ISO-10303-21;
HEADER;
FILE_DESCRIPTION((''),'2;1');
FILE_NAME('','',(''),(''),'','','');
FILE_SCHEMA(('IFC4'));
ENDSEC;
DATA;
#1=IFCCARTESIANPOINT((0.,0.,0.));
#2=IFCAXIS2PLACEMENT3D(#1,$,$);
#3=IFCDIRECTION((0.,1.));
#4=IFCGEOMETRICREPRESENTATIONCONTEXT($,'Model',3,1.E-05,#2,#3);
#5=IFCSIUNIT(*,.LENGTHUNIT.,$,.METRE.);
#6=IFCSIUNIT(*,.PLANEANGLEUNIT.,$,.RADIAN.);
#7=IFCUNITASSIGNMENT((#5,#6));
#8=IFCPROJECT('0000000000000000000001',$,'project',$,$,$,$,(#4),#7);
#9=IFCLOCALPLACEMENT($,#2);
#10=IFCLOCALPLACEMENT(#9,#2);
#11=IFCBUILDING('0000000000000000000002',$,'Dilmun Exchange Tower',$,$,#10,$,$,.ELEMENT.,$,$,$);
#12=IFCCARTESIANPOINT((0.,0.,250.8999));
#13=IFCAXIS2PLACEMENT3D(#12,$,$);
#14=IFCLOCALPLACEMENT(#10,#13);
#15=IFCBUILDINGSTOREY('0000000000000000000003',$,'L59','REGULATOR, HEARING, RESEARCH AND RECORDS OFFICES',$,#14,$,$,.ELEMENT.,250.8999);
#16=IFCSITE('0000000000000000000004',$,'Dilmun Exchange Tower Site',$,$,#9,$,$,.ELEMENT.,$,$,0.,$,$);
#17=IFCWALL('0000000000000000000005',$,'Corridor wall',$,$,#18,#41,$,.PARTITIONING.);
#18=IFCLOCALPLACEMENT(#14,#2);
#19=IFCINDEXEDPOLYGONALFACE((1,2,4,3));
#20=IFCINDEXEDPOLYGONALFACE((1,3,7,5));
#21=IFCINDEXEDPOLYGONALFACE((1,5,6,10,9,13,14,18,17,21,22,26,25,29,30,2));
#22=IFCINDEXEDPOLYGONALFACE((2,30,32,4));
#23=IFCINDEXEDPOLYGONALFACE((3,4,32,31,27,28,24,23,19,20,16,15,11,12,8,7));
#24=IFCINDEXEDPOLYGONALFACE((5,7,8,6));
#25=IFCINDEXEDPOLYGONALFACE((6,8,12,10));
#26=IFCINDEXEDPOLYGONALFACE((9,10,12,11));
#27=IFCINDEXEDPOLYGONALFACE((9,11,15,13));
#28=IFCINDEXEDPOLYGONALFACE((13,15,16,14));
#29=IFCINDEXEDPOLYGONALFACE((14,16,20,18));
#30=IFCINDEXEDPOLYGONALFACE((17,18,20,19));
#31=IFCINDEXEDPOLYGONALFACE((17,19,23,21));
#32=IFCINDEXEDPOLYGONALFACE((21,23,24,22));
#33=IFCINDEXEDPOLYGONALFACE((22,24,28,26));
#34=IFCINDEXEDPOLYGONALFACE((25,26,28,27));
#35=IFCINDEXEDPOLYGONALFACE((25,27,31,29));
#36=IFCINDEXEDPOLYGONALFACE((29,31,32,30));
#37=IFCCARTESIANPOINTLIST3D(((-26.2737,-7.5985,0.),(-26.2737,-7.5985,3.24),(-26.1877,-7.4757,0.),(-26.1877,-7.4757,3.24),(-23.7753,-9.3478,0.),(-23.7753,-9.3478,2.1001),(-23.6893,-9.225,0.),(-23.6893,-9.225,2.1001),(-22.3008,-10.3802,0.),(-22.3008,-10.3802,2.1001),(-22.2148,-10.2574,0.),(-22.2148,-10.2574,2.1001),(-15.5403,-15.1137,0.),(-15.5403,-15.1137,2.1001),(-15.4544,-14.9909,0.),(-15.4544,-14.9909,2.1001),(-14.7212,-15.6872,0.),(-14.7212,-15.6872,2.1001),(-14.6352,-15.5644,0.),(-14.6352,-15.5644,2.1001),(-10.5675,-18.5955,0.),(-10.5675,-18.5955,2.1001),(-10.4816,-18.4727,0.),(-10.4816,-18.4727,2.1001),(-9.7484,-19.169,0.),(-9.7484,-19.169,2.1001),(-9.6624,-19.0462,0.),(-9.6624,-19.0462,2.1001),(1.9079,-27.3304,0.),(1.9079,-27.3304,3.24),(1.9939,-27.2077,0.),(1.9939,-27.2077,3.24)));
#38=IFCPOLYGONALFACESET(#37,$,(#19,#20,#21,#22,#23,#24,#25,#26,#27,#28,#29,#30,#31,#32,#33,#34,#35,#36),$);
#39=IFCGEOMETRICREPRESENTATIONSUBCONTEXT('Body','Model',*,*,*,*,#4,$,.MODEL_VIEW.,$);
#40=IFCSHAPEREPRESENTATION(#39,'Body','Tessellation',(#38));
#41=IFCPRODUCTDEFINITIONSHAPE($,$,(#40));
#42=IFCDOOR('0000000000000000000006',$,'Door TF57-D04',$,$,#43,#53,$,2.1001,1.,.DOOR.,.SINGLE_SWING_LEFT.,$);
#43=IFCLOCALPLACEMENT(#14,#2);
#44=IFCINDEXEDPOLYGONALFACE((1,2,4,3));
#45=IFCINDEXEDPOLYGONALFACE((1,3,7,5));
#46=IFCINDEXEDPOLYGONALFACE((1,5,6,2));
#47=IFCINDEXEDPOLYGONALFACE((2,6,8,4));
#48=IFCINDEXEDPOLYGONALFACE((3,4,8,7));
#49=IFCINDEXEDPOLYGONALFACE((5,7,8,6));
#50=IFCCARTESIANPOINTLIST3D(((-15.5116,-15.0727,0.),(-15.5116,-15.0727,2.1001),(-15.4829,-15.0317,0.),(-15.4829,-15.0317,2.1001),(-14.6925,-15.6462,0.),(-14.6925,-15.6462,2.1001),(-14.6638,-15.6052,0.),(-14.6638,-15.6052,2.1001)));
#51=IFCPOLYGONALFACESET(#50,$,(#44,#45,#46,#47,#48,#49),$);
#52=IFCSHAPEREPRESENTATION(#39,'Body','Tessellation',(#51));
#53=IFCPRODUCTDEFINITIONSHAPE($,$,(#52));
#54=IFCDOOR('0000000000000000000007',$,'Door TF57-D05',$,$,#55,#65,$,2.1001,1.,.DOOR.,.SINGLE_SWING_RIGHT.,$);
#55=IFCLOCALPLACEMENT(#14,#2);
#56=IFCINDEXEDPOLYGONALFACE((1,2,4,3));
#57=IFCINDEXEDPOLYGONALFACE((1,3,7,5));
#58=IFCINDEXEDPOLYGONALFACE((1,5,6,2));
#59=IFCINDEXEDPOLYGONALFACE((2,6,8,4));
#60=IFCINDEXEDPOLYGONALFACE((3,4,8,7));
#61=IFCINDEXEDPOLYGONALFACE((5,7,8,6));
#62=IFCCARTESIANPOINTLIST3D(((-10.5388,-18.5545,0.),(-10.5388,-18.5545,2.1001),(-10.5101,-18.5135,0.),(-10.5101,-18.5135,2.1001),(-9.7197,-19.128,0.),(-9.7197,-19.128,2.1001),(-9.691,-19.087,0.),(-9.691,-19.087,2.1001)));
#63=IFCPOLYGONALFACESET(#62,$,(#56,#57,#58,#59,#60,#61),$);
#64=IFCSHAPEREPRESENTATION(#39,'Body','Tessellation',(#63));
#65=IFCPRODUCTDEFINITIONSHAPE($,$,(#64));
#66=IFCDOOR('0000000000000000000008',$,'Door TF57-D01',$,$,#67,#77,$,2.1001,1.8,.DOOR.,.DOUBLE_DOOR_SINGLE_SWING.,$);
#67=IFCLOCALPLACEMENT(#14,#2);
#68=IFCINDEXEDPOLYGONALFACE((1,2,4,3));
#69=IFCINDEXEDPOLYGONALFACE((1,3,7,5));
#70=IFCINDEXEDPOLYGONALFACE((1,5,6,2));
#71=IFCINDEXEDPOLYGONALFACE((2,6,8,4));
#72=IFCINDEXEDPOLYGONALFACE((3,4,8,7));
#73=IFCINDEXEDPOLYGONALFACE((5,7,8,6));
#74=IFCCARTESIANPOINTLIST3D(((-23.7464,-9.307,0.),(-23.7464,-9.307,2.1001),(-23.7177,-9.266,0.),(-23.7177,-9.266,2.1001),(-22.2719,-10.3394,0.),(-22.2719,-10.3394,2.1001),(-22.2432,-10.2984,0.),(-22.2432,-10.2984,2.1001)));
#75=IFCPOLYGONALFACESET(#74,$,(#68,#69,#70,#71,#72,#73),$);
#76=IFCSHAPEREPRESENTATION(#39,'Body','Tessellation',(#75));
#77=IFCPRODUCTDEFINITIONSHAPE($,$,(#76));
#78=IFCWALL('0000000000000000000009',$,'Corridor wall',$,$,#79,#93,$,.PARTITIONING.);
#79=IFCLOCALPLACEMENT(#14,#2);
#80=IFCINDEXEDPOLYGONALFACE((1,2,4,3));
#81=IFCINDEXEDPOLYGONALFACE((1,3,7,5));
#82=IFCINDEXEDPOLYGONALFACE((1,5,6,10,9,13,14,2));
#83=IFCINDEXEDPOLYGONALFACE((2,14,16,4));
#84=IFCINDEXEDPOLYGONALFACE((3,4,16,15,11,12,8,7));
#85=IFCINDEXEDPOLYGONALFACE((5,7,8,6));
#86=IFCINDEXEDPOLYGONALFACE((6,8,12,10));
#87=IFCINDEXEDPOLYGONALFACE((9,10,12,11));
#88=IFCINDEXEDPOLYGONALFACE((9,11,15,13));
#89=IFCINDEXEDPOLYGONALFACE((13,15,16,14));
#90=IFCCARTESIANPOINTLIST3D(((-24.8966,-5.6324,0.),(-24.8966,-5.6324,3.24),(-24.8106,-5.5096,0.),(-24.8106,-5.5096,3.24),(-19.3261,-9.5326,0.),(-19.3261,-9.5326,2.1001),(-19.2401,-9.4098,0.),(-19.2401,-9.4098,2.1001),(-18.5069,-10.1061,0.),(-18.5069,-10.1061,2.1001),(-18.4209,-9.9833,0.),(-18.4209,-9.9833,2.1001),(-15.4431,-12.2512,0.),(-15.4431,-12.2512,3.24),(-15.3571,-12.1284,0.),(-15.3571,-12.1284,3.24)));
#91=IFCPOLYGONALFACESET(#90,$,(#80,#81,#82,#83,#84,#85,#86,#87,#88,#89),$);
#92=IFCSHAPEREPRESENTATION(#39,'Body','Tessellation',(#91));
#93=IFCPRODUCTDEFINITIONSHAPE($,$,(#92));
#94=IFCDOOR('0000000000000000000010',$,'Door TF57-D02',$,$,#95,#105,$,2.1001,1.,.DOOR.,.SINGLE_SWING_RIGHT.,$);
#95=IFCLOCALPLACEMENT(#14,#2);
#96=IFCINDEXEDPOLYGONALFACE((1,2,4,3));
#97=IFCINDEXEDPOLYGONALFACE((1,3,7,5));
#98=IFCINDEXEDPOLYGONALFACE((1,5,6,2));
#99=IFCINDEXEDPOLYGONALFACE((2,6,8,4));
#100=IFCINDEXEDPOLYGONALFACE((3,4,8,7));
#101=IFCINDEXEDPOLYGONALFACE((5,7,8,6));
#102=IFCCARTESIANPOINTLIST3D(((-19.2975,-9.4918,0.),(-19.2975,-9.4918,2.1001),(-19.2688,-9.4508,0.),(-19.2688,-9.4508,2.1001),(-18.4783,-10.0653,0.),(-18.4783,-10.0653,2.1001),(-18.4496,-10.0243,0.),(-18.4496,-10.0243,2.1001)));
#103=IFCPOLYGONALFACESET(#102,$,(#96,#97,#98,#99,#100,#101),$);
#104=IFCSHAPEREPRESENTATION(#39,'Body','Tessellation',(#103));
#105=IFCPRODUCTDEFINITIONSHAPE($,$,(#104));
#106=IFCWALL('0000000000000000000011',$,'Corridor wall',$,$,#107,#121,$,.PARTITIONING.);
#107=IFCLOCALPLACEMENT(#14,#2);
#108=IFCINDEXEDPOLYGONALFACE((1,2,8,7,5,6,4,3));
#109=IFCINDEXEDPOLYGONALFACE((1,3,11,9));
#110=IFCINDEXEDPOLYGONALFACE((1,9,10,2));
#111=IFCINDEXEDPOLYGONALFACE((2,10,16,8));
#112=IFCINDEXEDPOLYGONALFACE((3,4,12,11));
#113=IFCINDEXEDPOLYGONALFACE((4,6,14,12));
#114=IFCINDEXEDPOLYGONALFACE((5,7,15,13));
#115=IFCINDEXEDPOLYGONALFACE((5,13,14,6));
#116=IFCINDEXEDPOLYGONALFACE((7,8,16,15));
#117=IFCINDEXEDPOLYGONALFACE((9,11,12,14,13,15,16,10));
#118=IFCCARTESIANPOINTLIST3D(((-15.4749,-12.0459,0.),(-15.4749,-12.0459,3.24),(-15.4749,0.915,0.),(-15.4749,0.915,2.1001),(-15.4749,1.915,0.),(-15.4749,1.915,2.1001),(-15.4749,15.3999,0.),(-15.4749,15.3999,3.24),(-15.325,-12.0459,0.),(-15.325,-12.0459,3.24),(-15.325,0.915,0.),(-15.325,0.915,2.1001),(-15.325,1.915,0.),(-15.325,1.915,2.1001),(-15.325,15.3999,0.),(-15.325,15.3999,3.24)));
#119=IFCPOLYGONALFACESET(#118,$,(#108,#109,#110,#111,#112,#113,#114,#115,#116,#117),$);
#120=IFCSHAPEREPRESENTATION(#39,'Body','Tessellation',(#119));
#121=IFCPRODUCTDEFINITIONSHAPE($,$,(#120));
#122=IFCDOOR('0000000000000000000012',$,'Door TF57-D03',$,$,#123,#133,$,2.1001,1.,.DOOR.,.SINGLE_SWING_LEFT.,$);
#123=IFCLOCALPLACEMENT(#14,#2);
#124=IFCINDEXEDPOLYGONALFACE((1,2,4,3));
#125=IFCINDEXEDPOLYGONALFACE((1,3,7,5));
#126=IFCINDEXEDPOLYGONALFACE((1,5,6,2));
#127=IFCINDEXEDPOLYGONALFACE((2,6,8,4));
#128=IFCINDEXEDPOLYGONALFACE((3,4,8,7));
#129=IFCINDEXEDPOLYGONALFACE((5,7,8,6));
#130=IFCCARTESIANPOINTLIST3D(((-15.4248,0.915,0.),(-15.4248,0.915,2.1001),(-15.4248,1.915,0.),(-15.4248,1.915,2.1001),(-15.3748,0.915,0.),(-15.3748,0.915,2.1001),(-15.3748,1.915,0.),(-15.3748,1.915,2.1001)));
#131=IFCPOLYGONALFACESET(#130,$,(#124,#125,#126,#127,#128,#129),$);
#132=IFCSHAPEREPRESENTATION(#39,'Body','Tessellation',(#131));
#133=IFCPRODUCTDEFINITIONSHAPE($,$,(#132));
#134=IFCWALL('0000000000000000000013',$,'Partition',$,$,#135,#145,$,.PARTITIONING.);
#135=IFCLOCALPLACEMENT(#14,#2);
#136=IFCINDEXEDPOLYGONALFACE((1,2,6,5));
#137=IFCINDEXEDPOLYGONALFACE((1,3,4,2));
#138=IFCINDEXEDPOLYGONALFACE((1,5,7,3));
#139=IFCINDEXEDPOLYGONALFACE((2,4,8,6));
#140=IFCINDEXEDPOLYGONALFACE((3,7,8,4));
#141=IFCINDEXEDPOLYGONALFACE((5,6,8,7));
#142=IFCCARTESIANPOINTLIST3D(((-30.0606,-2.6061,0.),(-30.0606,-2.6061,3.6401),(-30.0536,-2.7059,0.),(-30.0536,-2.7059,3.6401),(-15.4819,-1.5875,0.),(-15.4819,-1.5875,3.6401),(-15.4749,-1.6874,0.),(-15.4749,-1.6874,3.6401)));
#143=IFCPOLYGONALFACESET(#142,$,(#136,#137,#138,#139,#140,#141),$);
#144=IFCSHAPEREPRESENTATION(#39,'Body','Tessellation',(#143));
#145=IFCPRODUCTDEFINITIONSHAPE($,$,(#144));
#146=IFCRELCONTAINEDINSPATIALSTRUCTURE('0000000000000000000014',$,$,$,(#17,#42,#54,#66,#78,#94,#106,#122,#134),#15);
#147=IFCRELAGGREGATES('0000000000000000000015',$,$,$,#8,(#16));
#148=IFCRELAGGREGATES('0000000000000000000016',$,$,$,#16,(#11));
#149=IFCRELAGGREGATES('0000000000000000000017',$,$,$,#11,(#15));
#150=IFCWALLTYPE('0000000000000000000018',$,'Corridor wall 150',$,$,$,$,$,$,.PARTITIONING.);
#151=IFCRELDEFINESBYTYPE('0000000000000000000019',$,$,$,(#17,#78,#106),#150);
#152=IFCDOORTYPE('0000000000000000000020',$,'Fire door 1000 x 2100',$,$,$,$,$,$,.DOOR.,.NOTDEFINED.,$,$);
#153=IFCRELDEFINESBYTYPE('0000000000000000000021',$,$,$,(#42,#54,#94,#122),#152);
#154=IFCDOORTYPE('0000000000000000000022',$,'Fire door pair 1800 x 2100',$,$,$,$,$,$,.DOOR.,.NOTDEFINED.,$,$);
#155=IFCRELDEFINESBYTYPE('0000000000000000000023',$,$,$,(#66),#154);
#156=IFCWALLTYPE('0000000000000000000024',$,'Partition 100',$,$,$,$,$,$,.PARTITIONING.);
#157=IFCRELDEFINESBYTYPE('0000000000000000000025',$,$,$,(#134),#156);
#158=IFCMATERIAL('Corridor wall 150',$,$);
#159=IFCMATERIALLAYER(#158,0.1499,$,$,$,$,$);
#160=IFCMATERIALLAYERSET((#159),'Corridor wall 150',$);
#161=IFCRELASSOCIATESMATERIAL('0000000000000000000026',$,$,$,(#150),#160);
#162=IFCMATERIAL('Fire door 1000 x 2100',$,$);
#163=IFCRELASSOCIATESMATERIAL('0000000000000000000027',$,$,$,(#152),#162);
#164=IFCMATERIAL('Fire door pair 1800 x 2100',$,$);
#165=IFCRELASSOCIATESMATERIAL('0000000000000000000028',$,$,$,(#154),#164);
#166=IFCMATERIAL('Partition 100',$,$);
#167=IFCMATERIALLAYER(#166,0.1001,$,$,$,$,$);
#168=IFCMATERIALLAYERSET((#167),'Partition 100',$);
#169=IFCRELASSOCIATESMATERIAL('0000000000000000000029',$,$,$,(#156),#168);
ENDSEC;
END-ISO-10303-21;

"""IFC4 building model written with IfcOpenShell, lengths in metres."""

from ifc_helpers import new_model, si_unit, direction, frame, frame_2d, origin, place, context, subcontext, project, spatial, rectangle, extrude, material, layer, layer_set, type_object, element, fill, save


model = new_model("IFC4")

# Units and contexts
model_context = context("Model", 3, precision=1e-05, world=origin(), true_north=direction((0.0, 1.0)))
body_context = subcontext(model_context, "Body", "Model", "MODEL_VIEW")
ifc_project = project(units=[si_unit("LENGTHUNIT", "METRE"), si_unit("PLANEANGLEUNIT", "RADIAN")], contexts=[model_context])

# Site, building, storey
site_placement = place(None, origin())
site = spatial("IfcSite", under=ifc_project, at=site_placement, Name="Dilmun Exchange Tower Site", CompositionType="ELEMENT", RefElevation=0.0)
building_placement = place(site_placement, origin())
building = spatial("IfcBuilding", under=site, at=building_placement, Name="Dilmun Exchange Tower", CompositionType="ELEMENT")
storey_placement = place(building_placement, frame((0.0, 0.0, 250.8999)))
storey = spatial("IfcBuildingStorey", under=building, at=storey_placement, Name="L59", Description="REGULATOR, HEARING, RESEARCH AND RECORDS OFFICES", CompositionType="ELEMENT", Elevation=250.8999)

# Shared definitions
ifc_material_1 = material(Name="Corridor wall 150")
ifc_layer_1 = layer(ifc_material_1, 0.1499)
ifc_layer_set_1 = layer_set([ifc_layer_1], Name="Corridor wall 150")
wall_type_1 = type_object("IfcWallType", Name="Corridor wall 150", PredefinedType="PARTITIONING", material=ifc_layer_set_1)

# Wall, openings, doors
wall_1_placement = place(storey_placement, frame((-26.2307, -7.5371, 0.0), z_axis=(0.0, 0.0, 1.0), x_axis=(0.819167, -0.573556, 0.0)))
wall_1 = element("IfcWall", 1, at=wall_1_placement, inside=storey, type_object=wall_type_1, Name="Corridor wall", PredefinedType="PARTITIONING", context=body_context, shape_type="SweptSolid", body=[
    extrude(rectangle(XDim=34.4028, YDim=0.1499, at=frame_2d((17.2014, 0.0))), origin(), (0.0, 0.0, 1.0), 3.24),
])
opening_1_placement = place(wall_1_placement, frame((3.05, 0.0, 0.0)))
opening_1 = element("IfcOpeningElement", 2, at=opening_1_placement, cuts=wall_1, PredefinedType="OPENING", context=body_context, shape_type="SweptSolid", body=[
    extrude(rectangle(XDim=1.8, YDim=2.1001, at=frame_2d((0.8999, 1.05))), frame((0.0, 0.085, 0.0), z_axis=(0.0, -1.0, 0.0), x_axis=(1.0, 0.0, 0.0)), (0.0, 0.0, 1.0), 0.1699),
])
opening_2_placement = place(wall_1_placement, frame((13.1028, 0.0, 0.0)))
opening_2 = element("IfcOpeningElement", 3, at=opening_2_placement, cuts=wall_1, PredefinedType="OPENING", context=body_context, shape_type="SweptSolid", body=[
    extrude(rectangle(XDim=1.0, YDim=2.1001, at=frame_2d((0.5, 1.05))), frame((0.0, 0.085, 0.0), z_axis=(0.0, -1.0, 0.0), x_axis=(1.0, 0.0, 0.0)), (0.0, 0.0, 1.0), 0.1699),
])
opening_3_placement = place(wall_1_placement, frame((19.1733, 0.0, 0.0)))
opening_3 = element("IfcOpeningElement", 4, at=opening_3_placement, cuts=wall_1, PredefinedType="OPENING", context=body_context, shape_type="SweptSolid", body=[
    extrude(rectangle(XDim=1.0, YDim=2.1001, at=frame_2d((0.5, 1.05))), frame((0.0, 0.085, 0.0), z_axis=(0.0, -1.0, 0.0), x_axis=(1.0, 0.0, 0.0)), (0.0, 0.0, 1.0), 0.1699),
])
ifc_material_2 = material(Name="Fire door 1000 x 2100")
door_type_1 = type_object("IfcDoorType", Name="Fire door 1000 x 2100", OperationType="NOTDEFINED", PredefinedType="DOOR", material=ifc_material_2)
door_1_placement = place(opening_2_placement, frame((1.0, 0.0, 0.0), z_axis=(0.0, 0.0, 1.0), x_axis=(-1.0, 0.0, 0.0)))
door_1 = element("IfcDoor", 5, at=door_1_placement, inside=storey, type_object=door_type_1, Name="Door TF57-D04", OperationType="SINGLE_SWING_LEFT", OverallHeight=2.1001, OverallWidth=1.0, PredefinedType="DOOR", context=body_context, shape_type="SweptSolid", body=[
    extrude(rectangle(XDim=1.0, YDim=2.1001, at=frame_2d((0.5, 1.05))), frame((0.0, 0.0249, 0.0), z_axis=(0.0, -1.0, 0.0), x_axis=(1.0, 0.0, 0.0)), (0.0, 0.0, 1.0), 0.05),
])
fill(opening_2, door_1)
door_2_placement = place(opening_3_placement, frame((1.0, 0.0, 0.0), z_axis=(0.0, 0.0, 1.0), x_axis=(-1.0, 0.0, 0.0)))
door_2 = element("IfcDoor", 6, at=door_2_placement, inside=storey, type_object=door_type_1, Name="Door TF57-D05", OperationType="SINGLE_SWING_RIGHT", OverallHeight=2.1001, OverallWidth=1.0, PredefinedType="DOOR", context=body_context, shape_type="SweptSolid", body=[
    extrude(rectangle(XDim=1.0, YDim=2.1001, at=frame_2d((0.5, 1.05))), frame((0.0, 0.0249, 0.0), z_axis=(0.0, -1.0, 0.0), x_axis=(1.0, 0.0, 0.0)), (0.0, 0.0, 1.0), 0.05),
])
fill(opening_3, door_2)
ifc_material_3 = material(Name="Fire door pair 1800 x 2100")
door_type_2 = type_object("IfcDoorType", Name="Fire door pair 1800 x 2100", OperationType="NOTDEFINED", PredefinedType="DOOR", material=ifc_material_3)
door_3_placement = place(opening_1_placement, frame((1.8, 0.0, 0.0), z_axis=(0.0, 0.0, 1.0), x_axis=(-1.0, 0.0, 0.0)))
door_3 = element("IfcDoor", 7, at=door_3_placement, inside=storey, type_object=door_type_2, Name="Door TF57-D01", OperationType="DOUBLE_DOOR_SINGLE_SWING", OverallHeight=2.1001, OverallWidth=1.8, PredefinedType="DOOR", context=body_context, shape_type="SweptSolid", body=[
    extrude(rectangle(XDim=1.8, YDim=2.1001, at=frame_2d((0.8999, 1.05))), frame((0.0, 0.0249, 0.0), z_axis=(0.0, -1.0, 0.0), x_axis=(1.0, 0.0, 0.0)), (0.0, 0.0, 1.0), 0.05),
])
fill(opening_1, door_3)

# Walls, openings, doors
wall_2_placement = place(storey_placement, frame((-24.8535, -5.571, 0.0), z_axis=(0.0, 0.0, 1.0), x_axis=(0.819176, -0.573542, 0.0)))
wall_2 = element("IfcWall", 8, at=wall_2_placement, inside=storey, type_object=wall_type_1, Name="Corridor wall", PredefinedType="PARTITIONING", context=body_context, shape_type="SweptSolid", body=[
    extrude(rectangle(XDim=11.5403, YDim=0.1499, at=frame_2d((5.77, 0.0))), origin(), (0.0, 0.0, 1.0), 3.24),
])
opening_4_placement = place(wall_2_placement, frame((6.8, 0.0, 0.0)))
opening_4 = element("IfcOpeningElement", 9, at=opening_4_placement, cuts=wall_2, PredefinedType="OPENING", context=body_context, shape_type="SweptSolid", body=[
    extrude(rectangle(XDim=1.0, YDim=2.1001, at=frame_2d((0.5, 1.05))), frame((0.0, 0.085, 0.0), z_axis=(0.0, -1.0, 0.0), x_axis=(1.0, 0.0, 0.0)), (0.0, 0.0, 1.0), 0.1699),
])
door_4_placement = place(opening_4_placement, origin())
door_4 = element("IfcDoor", 10, at=door_4_placement, inside=storey, type_object=door_type_1, Name="Door TF57-D02", OperationType="SINGLE_SWING_RIGHT", OverallHeight=2.1001, OverallWidth=1.0, PredefinedType="DOOR", context=body_context, shape_type="SweptSolid", body=[
    extrude(rectangle(XDim=1.0, YDim=2.1001, at=frame_2d((0.5, 1.05))), frame((0.0, 0.0249, 0.0), z_axis=(0.0, -1.0, 0.0), x_axis=(1.0, 0.0, 0.0)), (0.0, 0.0, 1.0), 0.05),
])
fill(opening_4, door_4)
wall_3_placement = place(storey_placement, frame((-15.3999, -12.0459, 0.0), z_axis=(0.0, 0.0, 1.0), x_axis=(0.0, 1.0, 0.0)))
wall_3 = element("IfcWall", 11, at=wall_3_placement, inside=storey, type_object=wall_type_1, Name="Corridor wall", PredefinedType="PARTITIONING", context=body_context, shape_type="SweptSolid", body=[
    extrude(rectangle(XDim=27.4458, YDim=0.1499, at=frame_2d((13.7229, 0.0))), origin(), (0.0, 0.0, 1.0), 3.24),
])
opening_5_placement = place(wall_3_placement, frame((12.9609, 0.0, 0.0)))
opening_5 = element("IfcOpeningElement", 12, at=opening_5_placement, cuts=wall_3, PredefinedType="OPENING", context=body_context, shape_type="SweptSolid", body=[
    extrude(rectangle(XDim=1.0, YDim=2.1001, at=frame_2d((0.5, 1.05))), frame((0.0, 0.085, 0.0), z_axis=(0.0, -1.0, 0.0), x_axis=(1.0, 0.0, 0.0)), (0.0, 0.0, 1.0), 0.1699),
])
door_5_placement = place(opening_5_placement, origin())
door_5 = element("IfcDoor", 13, at=door_5_placement, inside=storey, type_object=door_type_1, Name="Door TF57-D03", OperationType="SINGLE_SWING_LEFT", OverallHeight=2.1001, OverallWidth=1.0, PredefinedType="DOOR", context=body_context, shape_type="SweptSolid", body=[
    extrude(rectangle(XDim=1.0, YDim=2.1001, at=frame_2d((0.5, 1.05))), frame((0.0, 0.0249, 0.0), z_axis=(0.0, -1.0, 0.0), x_axis=(1.0, 0.0, 0.0)), (0.0, 0.0, 1.0), 0.05),
])
fill(opening_5, door_5)

# Wall
ifc_material_4 = material(Name="Partition 100")
ifc_layer_2 = layer(ifc_material_4, 0.1001)
ifc_layer_set_2 = layer_set([ifc_layer_2], Name="Partition 100")
wall_type_2 = type_object("IfcWallType", Name="Partition 100", PredefinedType="PARTITIONING", material=ifc_layer_set_2)
wall_4_placement = place(storey_placement, frame((-30.0571, -2.656, 0.0), z_axis=(0.0, 0.0, 1.0), x_axis=(0.997568, 0.069696, 0.0)))
element("IfcWall", 14, at=wall_4_placement, inside=storey, type_object=wall_type_2, Name="Partition", PredefinedType="PARTITIONING", context=body_context, shape_type="SweptSolid", body=[
    extrude(rectangle(XDim=14.6143, YDim=0.1001, at=frame_2d((7.3071, 0.0))), origin(), (0.0, 0.0, 1.0), 3.6401),
])

save(model, "model.ifc")
